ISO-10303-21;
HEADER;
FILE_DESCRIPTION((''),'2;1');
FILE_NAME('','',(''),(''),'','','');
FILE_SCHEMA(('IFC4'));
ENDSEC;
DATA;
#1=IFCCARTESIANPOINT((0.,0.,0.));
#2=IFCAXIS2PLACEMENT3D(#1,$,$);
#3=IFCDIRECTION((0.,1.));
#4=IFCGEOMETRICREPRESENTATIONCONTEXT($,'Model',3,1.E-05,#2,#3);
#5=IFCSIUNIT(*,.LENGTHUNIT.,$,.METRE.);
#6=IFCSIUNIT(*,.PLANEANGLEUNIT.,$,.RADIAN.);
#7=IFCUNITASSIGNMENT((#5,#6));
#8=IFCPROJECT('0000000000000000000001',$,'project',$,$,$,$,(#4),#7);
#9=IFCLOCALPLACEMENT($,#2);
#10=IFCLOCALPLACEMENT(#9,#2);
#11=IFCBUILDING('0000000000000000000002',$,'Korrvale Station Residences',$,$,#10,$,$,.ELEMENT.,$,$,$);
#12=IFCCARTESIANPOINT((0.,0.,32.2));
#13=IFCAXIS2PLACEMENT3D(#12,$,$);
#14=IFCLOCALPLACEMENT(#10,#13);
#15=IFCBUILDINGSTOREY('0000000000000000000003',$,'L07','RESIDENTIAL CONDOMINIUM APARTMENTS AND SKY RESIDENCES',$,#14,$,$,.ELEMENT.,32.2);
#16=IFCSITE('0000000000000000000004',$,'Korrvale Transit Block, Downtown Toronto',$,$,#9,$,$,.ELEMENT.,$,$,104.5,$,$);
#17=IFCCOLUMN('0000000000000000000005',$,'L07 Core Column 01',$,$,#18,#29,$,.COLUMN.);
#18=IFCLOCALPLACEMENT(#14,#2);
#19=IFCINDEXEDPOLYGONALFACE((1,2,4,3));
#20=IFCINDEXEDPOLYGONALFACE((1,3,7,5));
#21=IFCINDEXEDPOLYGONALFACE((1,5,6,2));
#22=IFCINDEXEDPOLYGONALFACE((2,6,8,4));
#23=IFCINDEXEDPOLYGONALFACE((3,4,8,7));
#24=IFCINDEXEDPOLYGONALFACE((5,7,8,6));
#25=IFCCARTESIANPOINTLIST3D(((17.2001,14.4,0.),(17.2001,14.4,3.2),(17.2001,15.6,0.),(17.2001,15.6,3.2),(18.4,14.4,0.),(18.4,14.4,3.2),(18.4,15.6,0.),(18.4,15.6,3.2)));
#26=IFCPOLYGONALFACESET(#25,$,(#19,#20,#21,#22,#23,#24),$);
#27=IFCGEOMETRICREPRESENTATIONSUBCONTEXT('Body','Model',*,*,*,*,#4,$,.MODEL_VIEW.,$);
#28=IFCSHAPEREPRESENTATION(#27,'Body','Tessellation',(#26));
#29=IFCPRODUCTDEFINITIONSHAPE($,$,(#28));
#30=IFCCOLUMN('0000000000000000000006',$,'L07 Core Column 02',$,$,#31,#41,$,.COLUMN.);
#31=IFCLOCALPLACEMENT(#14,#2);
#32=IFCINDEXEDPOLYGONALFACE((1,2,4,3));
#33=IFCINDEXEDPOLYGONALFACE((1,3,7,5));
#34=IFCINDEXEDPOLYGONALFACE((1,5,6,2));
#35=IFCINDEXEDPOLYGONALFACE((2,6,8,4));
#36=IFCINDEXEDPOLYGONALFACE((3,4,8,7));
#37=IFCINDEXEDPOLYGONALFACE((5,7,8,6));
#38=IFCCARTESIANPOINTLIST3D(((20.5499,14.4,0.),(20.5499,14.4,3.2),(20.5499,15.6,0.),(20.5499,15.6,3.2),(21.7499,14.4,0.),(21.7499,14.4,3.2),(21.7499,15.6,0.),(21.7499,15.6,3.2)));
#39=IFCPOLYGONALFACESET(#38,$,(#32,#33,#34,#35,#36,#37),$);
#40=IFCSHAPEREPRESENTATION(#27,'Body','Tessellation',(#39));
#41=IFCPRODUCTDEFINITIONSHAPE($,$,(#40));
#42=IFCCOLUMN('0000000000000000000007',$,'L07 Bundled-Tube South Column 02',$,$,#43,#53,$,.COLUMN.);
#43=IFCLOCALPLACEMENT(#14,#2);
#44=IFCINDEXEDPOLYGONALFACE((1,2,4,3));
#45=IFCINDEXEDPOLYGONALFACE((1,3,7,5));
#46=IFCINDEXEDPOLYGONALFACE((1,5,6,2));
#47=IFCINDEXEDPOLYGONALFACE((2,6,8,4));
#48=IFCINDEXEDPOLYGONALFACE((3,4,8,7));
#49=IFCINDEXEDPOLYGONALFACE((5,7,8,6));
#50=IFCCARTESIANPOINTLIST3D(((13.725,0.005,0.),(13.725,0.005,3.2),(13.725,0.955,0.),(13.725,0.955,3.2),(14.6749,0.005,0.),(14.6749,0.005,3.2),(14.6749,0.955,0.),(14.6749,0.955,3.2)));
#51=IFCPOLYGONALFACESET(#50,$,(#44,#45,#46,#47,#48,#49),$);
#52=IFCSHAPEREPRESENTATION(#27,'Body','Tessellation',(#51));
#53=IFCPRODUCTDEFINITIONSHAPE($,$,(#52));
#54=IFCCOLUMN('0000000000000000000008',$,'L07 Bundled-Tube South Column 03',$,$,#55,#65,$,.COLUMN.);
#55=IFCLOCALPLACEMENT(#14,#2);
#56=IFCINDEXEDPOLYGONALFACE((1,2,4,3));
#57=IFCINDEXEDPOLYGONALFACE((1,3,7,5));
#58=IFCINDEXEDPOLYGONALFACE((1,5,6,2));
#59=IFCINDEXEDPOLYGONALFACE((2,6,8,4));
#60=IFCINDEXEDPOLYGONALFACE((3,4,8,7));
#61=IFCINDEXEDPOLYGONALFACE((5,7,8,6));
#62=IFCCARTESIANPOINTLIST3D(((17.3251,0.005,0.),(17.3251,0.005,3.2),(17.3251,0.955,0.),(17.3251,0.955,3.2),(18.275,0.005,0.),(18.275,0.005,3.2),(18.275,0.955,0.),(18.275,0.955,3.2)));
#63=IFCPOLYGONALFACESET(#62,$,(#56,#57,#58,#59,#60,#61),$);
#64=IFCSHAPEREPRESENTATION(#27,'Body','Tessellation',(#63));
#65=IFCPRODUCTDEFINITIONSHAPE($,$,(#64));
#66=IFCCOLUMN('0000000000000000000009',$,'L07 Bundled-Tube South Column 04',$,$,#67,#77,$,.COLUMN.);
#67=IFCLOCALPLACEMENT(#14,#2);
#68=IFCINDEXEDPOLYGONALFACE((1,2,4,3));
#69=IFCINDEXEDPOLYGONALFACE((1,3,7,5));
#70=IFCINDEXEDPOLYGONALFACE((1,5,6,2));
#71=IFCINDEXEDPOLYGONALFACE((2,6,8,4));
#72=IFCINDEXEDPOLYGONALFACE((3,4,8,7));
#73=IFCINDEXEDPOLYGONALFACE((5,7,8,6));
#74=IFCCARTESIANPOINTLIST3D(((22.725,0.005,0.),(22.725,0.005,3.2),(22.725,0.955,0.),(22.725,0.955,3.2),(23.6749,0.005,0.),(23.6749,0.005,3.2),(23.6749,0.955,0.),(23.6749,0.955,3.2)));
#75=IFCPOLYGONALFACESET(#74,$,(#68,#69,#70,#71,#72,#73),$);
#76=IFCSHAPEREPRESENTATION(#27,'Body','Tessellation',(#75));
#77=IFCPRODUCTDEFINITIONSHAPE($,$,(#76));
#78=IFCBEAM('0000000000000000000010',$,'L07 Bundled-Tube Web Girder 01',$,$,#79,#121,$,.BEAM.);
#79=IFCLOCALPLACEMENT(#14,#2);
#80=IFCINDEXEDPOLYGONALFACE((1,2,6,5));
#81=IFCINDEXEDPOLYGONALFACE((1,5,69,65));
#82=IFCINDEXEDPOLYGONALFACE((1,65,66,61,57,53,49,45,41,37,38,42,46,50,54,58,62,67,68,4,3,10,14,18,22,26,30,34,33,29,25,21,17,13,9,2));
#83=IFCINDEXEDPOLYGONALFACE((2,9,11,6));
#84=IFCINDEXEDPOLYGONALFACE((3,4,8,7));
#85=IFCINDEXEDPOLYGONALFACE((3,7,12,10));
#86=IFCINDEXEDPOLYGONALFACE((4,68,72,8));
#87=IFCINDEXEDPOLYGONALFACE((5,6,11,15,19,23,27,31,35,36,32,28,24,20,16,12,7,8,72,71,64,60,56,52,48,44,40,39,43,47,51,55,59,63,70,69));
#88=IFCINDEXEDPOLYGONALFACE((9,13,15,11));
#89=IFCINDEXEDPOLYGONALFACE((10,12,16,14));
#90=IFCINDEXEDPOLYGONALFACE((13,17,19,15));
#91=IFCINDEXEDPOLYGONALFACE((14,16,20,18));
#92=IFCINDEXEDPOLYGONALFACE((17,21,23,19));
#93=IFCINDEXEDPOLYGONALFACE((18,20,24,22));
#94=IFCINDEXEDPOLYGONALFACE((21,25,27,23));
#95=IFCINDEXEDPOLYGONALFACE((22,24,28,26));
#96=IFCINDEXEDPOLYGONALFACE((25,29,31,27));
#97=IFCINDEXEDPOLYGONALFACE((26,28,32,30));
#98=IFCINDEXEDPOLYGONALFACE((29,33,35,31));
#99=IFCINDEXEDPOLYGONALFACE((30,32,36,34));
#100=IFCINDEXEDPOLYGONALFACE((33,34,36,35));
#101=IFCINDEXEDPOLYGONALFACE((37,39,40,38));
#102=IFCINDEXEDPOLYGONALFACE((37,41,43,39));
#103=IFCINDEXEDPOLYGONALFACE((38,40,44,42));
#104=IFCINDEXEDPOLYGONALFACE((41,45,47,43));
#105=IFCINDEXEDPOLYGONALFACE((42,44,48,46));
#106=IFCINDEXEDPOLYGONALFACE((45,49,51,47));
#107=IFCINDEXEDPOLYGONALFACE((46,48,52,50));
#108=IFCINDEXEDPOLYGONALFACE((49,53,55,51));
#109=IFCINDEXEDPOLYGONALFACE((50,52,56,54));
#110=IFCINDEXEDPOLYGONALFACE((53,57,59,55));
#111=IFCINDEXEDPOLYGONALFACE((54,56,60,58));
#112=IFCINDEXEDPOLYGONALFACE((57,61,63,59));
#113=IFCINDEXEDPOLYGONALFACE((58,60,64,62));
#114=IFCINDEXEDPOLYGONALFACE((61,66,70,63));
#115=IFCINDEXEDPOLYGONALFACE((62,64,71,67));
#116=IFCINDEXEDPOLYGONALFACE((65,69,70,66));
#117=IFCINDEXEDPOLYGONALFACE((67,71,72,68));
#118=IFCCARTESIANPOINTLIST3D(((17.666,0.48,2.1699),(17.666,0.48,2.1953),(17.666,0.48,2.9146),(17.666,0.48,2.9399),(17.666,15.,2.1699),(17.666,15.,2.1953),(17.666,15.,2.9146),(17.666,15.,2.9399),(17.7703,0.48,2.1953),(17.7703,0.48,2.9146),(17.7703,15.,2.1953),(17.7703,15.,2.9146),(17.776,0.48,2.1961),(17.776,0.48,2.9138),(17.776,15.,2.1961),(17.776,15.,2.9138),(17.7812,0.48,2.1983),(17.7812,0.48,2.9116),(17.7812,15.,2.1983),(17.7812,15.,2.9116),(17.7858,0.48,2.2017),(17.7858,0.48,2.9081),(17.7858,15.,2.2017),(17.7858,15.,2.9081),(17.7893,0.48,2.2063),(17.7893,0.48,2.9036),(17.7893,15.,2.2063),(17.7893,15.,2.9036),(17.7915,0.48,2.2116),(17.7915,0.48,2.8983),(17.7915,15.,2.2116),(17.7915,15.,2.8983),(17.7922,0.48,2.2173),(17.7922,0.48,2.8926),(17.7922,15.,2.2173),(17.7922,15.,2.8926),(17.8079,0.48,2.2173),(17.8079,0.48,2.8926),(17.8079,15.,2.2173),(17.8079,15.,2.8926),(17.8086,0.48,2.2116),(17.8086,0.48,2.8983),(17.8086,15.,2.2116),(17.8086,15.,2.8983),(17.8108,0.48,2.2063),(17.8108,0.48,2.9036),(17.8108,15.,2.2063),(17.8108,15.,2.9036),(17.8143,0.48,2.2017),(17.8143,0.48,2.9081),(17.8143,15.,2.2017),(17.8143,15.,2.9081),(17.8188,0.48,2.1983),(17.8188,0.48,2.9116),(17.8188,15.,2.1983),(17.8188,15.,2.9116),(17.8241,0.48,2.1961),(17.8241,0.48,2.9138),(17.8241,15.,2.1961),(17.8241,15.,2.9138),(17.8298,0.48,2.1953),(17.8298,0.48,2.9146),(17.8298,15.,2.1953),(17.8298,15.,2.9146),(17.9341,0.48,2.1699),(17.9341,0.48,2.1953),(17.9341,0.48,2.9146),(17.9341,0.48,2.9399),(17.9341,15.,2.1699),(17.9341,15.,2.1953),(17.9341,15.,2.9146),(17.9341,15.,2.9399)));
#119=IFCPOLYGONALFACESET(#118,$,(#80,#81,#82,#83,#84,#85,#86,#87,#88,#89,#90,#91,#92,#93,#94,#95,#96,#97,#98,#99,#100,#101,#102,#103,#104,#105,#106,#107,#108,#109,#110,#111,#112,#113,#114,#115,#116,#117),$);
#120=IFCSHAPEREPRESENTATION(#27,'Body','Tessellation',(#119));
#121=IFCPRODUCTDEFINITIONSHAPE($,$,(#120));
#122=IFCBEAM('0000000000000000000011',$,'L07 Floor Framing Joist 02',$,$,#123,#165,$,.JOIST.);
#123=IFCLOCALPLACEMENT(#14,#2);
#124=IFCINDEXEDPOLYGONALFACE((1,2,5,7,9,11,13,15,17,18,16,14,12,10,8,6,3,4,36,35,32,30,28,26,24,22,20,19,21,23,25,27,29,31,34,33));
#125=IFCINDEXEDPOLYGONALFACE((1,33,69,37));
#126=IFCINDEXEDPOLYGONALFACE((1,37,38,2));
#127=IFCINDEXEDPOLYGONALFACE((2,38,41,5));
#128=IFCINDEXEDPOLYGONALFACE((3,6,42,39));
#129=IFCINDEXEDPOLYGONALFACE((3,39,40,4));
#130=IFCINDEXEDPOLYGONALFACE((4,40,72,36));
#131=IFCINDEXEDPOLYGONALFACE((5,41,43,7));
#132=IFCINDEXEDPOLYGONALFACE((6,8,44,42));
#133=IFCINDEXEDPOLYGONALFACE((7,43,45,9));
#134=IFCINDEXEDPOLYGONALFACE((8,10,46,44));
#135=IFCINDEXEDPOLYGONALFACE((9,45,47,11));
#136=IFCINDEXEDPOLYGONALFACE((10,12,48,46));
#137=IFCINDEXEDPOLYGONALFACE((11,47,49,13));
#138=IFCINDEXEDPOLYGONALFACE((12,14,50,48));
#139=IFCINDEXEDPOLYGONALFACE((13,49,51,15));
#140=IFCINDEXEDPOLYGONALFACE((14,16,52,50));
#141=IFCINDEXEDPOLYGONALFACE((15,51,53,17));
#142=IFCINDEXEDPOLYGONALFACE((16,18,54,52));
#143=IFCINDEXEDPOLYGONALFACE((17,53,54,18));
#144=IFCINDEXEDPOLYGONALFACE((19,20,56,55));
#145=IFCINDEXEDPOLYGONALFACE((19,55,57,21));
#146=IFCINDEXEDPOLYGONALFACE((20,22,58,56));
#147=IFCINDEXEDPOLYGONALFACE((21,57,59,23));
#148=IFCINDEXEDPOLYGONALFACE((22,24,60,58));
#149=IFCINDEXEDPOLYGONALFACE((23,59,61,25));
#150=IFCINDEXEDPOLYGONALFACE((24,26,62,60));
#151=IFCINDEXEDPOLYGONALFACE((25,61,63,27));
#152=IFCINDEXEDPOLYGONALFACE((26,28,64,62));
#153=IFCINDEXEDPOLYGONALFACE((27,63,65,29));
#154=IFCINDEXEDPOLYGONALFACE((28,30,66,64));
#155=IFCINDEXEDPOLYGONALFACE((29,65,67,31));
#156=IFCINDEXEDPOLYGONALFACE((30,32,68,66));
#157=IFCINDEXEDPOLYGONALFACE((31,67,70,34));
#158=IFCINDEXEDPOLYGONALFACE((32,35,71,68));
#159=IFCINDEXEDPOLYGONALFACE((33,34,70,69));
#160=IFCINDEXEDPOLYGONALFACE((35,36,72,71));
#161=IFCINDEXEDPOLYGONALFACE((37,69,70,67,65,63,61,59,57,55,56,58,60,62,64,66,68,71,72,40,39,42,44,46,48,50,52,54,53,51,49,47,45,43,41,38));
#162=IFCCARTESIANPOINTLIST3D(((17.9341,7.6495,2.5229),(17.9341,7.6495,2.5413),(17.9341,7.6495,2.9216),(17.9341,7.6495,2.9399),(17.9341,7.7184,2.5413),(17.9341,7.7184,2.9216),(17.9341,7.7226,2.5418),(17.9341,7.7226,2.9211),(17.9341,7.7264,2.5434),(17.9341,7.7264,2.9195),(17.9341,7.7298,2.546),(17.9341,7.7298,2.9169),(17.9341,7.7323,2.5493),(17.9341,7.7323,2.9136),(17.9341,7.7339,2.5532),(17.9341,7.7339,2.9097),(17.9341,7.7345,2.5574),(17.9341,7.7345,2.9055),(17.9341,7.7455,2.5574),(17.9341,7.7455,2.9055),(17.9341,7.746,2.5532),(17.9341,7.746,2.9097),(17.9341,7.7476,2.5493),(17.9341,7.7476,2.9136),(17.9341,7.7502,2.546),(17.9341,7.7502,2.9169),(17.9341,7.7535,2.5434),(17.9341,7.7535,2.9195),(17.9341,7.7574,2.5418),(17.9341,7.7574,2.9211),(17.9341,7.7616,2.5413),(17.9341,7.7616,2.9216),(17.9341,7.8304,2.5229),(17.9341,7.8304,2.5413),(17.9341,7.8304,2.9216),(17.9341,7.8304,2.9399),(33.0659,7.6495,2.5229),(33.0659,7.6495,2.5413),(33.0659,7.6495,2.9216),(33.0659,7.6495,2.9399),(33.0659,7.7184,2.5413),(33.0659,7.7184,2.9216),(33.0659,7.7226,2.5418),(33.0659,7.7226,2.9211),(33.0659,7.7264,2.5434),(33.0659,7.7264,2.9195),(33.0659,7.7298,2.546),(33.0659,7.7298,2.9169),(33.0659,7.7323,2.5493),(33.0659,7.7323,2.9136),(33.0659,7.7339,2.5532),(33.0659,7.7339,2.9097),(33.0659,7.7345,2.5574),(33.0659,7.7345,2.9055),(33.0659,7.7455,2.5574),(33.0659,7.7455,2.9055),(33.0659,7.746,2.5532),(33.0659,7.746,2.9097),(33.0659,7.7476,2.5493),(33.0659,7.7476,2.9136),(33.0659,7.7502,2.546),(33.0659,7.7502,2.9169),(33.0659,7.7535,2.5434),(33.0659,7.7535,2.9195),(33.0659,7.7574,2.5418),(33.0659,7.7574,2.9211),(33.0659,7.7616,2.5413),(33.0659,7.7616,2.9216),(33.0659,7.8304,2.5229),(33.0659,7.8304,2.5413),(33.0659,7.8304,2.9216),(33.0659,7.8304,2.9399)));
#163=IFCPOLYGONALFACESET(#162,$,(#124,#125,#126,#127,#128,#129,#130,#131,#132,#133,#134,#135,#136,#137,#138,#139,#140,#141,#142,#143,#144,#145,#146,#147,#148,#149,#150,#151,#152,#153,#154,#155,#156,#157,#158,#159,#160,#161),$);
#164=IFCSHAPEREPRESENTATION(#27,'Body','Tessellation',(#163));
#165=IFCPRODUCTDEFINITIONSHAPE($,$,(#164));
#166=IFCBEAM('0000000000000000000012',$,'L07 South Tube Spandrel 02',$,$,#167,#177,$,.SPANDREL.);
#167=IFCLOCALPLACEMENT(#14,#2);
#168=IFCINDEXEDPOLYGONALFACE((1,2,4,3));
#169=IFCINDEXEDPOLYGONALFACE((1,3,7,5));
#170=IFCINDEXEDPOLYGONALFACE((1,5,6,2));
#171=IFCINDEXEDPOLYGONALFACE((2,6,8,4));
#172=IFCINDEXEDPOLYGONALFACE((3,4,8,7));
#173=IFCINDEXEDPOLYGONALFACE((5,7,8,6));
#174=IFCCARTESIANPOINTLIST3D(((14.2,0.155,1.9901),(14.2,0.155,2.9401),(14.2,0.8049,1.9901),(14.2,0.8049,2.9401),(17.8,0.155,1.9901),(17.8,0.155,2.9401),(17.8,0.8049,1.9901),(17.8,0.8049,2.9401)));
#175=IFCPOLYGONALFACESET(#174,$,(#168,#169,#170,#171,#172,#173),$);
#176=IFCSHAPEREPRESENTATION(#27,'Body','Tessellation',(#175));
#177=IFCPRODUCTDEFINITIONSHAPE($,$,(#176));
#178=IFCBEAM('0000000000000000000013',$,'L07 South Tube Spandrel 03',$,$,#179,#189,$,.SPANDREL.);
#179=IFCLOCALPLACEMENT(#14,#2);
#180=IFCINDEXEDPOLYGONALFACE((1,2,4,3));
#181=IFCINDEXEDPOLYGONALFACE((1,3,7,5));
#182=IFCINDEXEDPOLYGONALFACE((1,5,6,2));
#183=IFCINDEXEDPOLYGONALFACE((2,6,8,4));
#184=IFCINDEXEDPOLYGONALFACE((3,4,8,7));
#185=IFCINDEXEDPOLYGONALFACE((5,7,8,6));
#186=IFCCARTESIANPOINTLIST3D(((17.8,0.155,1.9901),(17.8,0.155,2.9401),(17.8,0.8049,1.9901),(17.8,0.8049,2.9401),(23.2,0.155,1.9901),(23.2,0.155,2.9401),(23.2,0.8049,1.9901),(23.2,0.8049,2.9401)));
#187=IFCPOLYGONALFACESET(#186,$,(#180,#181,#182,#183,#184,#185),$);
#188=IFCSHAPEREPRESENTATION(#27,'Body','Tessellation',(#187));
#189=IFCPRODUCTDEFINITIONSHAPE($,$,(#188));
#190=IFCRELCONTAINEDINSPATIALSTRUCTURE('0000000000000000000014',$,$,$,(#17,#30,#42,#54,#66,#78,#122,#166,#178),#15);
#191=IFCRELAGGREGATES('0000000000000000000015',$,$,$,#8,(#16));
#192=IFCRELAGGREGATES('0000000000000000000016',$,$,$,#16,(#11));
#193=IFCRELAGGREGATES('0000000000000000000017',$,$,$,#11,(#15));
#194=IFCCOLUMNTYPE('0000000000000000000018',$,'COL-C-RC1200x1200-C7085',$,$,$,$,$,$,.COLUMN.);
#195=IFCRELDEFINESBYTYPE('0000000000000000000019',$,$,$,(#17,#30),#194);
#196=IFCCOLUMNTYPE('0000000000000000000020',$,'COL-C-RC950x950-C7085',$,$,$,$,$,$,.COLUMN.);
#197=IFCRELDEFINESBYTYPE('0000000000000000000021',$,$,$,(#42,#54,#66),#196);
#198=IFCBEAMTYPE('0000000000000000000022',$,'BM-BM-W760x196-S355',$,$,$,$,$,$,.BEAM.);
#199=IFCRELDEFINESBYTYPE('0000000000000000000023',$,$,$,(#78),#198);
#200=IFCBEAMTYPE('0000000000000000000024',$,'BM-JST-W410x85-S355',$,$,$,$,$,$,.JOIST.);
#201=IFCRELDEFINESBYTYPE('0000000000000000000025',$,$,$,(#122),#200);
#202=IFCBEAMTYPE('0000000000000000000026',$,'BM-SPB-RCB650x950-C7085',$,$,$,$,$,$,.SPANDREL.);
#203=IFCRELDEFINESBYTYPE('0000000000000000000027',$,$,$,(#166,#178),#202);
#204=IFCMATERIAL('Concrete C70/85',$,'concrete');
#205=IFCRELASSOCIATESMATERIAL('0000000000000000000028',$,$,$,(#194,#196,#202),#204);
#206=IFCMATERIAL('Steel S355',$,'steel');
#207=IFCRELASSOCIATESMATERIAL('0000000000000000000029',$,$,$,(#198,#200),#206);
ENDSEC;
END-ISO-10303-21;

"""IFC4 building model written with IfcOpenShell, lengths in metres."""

from ifc_helpers import new_model, si_unit, direction, frame, origin, origin_2d, place, context, subcontext, project, spatial, rectangle, i_section, extrude, material, material_profile, profile_set, type_object, element, save


model = new_model("IFC4")

# Units and contexts
model_context = context("Model", 3, precision=1e-05, world=origin(), true_north=direction((0.0, 1.0)))
body_context = subcontext(model_context, "Body", "Model", "MODEL_VIEW")
ifc_project = project(units=[si_unit("LENGTHUNIT", "METRE"), si_unit("PLANEANGLEUNIT", "RADIAN")], contexts=[model_context])

# Site, building, storey
site_placement = place(None, origin())
site = spatial("IfcSite", under=ifc_project, at=site_placement, Name="Korrvale Transit Block, Downtown Toronto", CompositionType="ELEMENT", RefElevation=104.5)
building_placement = place(site_placement, origin())
building = spatial("IfcBuilding", under=site, at=building_placement, Name="Korrvale Station Residences", CompositionType="ELEMENT")
storey_placement = place(building_placement, frame((0.0, 0.0, 32.2)))
storey = spatial("IfcBuildingStorey", under=building, at=storey_placement, Name="L07", Description="RESIDENTIAL CONDOMINIUM APARTMENTS AND SKY RESIDENCES", CompositionType="ELEMENT", Elevation=32.2)

# Columns
ifc_material_1 = material(Name="Concrete C70/85", Category="concrete")
ifc_material_profile_1 = material_profile(ifc_material_1, rectangle(XDim=1.2, YDim=1.2, at=origin_2d()), Name="RC1200x1200")
ifc_profile_set_1 = profile_set([ifc_material_profile_1], Name="Concrete C70/85")
column_type_1 = type_object("IfcColumnType", Name="COL-C-RC1200x1200-C7085", PredefinedType="COLUMN", material=ifc_profile_set_1)
for number, where, z_axis, x_axis, name in (
    (1, (17.8, 15.0, 0.0), (0.0, 0.0, 1.0), (1.0, 0.0, 0.0), "L07 Core Column 01"),
    (2, (21.1499, 15.0, 0.0), (0.0, 0.0, 1.0), (1.0, 0.0, 0.0), "L07 Core Column 02"),
):
    element("IfcColumn", number, at=place(storey_placement, frame(where, z_axis=z_axis, x_axis=x_axis)), inside=storey, type_object=column_type_1, Name=name, PredefinedType="COLUMN", context=body_context, shape_type="SweptSolid", body=[
        extrude(rectangle(XDim=1.2, YDim=1.2, at=origin_2d()), origin(), (0.0, 0.0, 1.0), 3.2),
    ])
ifc_material_profile_2 = material_profile(ifc_material_1, rectangle(XDim=0.95, YDim=0.95, at=origin_2d()), Name="RC950x950")
ifc_profile_set_2 = profile_set([ifc_material_profile_2], Name="Concrete C70/85")
column_type_2 = type_object("IfcColumnType", Name="COL-C-RC950x950-C7085", PredefinedType="COLUMN", material=ifc_profile_set_2)
for number, where, z_axis, x_axis, name in (
    (3, (14.2, 0.48, 0.0), (0.0, 0.0, 1.0), (1.0, 0.0, 0.0), "L07 Bundled-Tube South Column 02"),
    (4, (17.8, 0.48, 0.0), (0.0, 0.0, 1.0), (1.0, 0.0, 0.0), "L07 Bundled-Tube South Column 03"),
    (5, (23.2, 0.48, 0.0), (0.0, 0.0, 1.0), (1.0, 0.0, 0.0), "L07 Bundled-Tube South Column 04"),
):
    element("IfcColumn", number, at=place(storey_placement, frame(where, z_axis=z_axis, x_axis=x_axis)), inside=storey, type_object=column_type_2, Name=name, PredefinedType="COLUMN", context=body_context, shape_type="SweptSolid", body=[
        extrude(rectangle(XDim=0.95, YDim=0.95, at=origin_2d()), origin(), (0.0, 0.0, 1.0), 3.2),
    ])

# Beams
ifc_material_2 = material(Name="Steel S355", Category="steel")
ifc_material_profile_3 = material_profile(ifc_material_2, i_section(OverallWidth=0.2681, OverallDepth=0.77, WebThickness=0.0156, FlangeThickness=0.0254, FilletRadius=0.022, at=origin_2d()), Name="W760x196")
ifc_profile_set_3 = profile_set([ifc_material_profile_3], Name="Steel S355")
beam_type_1 = type_object("IfcBeamType", Name="BM-BM-W760x196-S355", PredefinedType="BEAM", material=ifc_profile_set_3)
beam_1_placement = place(storey_placement, frame((17.8, 0.48, 2.5549), z_axis=(0.0, 1.0, 0.0), x_axis=(-1.0, 0.0, 0.0)))
element("IfcBeam", 6, at=beam_1_placement, inside=storey, type_object=beam_type_1, Name="L07 Bundled-Tube Web Girder 01", PredefinedType="BEAM", context=body_context, shape_type="SweptSolid", body=[
    extrude(i_section(OverallWidth=0.2681, OverallDepth=0.77, WebThickness=0.0156, FlangeThickness=0.0254, FilletRadius=0.022, at=origin_2d()), origin(), (0.0, 0.0, 1.0), 14.52),
])
ifc_material_profile_4 = material_profile(ifc_material_2, i_section(OverallWidth=0.1809, OverallDepth=0.417, WebThickness=0.011, FlangeThickness=0.0183, FilletRadius=0.0161, at=origin_2d()), Name="W410x85")
ifc_profile_set_4 = profile_set([ifc_material_profile_4], Name="Steel S355")
beam_type_2 = type_object("IfcBeamType", Name="BM-JST-W410x85-S355", PredefinedType="JOIST", material=ifc_profile_set_4)
beam_2_placement = place(storey_placement, frame((17.9341, 7.74, 2.7314), z_axis=(1.0, 0.0, 0.0), x_axis=(0.0, 1.0, 0.0)))
element("IfcBeam", 7, at=beam_2_placement, inside=storey, type_object=beam_type_2, Name="L07 Floor Framing Joist 02", PredefinedType="JOIST", context=body_context, shape_type="SweptSolid", body=[
    extrude(i_section(OverallWidth=0.1809, OverallDepth=0.417, WebThickness=0.011, FlangeThickness=0.0183, FilletRadius=0.0161, at=origin_2d()), origin(), (0.0, 0.0, 1.0), 15.1318),
])
ifc_material_profile_5 = material_profile(ifc_material_1, rectangle(XDim=0.6499, YDim=0.95, at=origin_2d()), Name="RCB650x950")
ifc_profile_set_5 = profile_set([ifc_material_profile_5], Name="Concrete C70/85")
beam_type_3 = type_object("IfcBeamType", Name="BM-SPB-RCB650x950-C7085", PredefinedType="SPANDREL", material=ifc_profile_set_5)
beam_3_placement = place(storey_placement, frame((14.2, 0.48, 2.4651), z_axis=(1.0, 0.0, 0.0), x_axis=(0.0, 1.0, 0.0)))
element("IfcBeam", 8, at=beam_3_placement, inside=storey, type_object=beam_type_3, Name="L07 South Tube Spandrel 02", PredefinedType="SPANDREL", context=body_context, shape_type="SweptSolid", body=[
    extrude(rectangle(XDim=0.6499, YDim=0.95, at=origin_2d()), origin(), (0.0, 0.0, 1.0), 3.6001),
])
beam_4_placement = place(storey_placement, frame((17.8, 0.48, 2.4651), z_axis=(1.0, 0.0, 0.0), x_axis=(0.0, 1.0, 0.0)))
element("IfcBeam", 9, at=beam_4_placement, inside=storey, type_object=beam_type_3, Name="L07 South Tube Spandrel 03", PredefinedType="SPANDREL", context=body_context, shape_type="SweptSolid", body=[
    extrude(rectangle(XDim=0.6499, YDim=0.95, at=origin_2d()), origin(), (0.0, 0.0, 1.0), 5.3999),
])

save(model, "model.ifc")
